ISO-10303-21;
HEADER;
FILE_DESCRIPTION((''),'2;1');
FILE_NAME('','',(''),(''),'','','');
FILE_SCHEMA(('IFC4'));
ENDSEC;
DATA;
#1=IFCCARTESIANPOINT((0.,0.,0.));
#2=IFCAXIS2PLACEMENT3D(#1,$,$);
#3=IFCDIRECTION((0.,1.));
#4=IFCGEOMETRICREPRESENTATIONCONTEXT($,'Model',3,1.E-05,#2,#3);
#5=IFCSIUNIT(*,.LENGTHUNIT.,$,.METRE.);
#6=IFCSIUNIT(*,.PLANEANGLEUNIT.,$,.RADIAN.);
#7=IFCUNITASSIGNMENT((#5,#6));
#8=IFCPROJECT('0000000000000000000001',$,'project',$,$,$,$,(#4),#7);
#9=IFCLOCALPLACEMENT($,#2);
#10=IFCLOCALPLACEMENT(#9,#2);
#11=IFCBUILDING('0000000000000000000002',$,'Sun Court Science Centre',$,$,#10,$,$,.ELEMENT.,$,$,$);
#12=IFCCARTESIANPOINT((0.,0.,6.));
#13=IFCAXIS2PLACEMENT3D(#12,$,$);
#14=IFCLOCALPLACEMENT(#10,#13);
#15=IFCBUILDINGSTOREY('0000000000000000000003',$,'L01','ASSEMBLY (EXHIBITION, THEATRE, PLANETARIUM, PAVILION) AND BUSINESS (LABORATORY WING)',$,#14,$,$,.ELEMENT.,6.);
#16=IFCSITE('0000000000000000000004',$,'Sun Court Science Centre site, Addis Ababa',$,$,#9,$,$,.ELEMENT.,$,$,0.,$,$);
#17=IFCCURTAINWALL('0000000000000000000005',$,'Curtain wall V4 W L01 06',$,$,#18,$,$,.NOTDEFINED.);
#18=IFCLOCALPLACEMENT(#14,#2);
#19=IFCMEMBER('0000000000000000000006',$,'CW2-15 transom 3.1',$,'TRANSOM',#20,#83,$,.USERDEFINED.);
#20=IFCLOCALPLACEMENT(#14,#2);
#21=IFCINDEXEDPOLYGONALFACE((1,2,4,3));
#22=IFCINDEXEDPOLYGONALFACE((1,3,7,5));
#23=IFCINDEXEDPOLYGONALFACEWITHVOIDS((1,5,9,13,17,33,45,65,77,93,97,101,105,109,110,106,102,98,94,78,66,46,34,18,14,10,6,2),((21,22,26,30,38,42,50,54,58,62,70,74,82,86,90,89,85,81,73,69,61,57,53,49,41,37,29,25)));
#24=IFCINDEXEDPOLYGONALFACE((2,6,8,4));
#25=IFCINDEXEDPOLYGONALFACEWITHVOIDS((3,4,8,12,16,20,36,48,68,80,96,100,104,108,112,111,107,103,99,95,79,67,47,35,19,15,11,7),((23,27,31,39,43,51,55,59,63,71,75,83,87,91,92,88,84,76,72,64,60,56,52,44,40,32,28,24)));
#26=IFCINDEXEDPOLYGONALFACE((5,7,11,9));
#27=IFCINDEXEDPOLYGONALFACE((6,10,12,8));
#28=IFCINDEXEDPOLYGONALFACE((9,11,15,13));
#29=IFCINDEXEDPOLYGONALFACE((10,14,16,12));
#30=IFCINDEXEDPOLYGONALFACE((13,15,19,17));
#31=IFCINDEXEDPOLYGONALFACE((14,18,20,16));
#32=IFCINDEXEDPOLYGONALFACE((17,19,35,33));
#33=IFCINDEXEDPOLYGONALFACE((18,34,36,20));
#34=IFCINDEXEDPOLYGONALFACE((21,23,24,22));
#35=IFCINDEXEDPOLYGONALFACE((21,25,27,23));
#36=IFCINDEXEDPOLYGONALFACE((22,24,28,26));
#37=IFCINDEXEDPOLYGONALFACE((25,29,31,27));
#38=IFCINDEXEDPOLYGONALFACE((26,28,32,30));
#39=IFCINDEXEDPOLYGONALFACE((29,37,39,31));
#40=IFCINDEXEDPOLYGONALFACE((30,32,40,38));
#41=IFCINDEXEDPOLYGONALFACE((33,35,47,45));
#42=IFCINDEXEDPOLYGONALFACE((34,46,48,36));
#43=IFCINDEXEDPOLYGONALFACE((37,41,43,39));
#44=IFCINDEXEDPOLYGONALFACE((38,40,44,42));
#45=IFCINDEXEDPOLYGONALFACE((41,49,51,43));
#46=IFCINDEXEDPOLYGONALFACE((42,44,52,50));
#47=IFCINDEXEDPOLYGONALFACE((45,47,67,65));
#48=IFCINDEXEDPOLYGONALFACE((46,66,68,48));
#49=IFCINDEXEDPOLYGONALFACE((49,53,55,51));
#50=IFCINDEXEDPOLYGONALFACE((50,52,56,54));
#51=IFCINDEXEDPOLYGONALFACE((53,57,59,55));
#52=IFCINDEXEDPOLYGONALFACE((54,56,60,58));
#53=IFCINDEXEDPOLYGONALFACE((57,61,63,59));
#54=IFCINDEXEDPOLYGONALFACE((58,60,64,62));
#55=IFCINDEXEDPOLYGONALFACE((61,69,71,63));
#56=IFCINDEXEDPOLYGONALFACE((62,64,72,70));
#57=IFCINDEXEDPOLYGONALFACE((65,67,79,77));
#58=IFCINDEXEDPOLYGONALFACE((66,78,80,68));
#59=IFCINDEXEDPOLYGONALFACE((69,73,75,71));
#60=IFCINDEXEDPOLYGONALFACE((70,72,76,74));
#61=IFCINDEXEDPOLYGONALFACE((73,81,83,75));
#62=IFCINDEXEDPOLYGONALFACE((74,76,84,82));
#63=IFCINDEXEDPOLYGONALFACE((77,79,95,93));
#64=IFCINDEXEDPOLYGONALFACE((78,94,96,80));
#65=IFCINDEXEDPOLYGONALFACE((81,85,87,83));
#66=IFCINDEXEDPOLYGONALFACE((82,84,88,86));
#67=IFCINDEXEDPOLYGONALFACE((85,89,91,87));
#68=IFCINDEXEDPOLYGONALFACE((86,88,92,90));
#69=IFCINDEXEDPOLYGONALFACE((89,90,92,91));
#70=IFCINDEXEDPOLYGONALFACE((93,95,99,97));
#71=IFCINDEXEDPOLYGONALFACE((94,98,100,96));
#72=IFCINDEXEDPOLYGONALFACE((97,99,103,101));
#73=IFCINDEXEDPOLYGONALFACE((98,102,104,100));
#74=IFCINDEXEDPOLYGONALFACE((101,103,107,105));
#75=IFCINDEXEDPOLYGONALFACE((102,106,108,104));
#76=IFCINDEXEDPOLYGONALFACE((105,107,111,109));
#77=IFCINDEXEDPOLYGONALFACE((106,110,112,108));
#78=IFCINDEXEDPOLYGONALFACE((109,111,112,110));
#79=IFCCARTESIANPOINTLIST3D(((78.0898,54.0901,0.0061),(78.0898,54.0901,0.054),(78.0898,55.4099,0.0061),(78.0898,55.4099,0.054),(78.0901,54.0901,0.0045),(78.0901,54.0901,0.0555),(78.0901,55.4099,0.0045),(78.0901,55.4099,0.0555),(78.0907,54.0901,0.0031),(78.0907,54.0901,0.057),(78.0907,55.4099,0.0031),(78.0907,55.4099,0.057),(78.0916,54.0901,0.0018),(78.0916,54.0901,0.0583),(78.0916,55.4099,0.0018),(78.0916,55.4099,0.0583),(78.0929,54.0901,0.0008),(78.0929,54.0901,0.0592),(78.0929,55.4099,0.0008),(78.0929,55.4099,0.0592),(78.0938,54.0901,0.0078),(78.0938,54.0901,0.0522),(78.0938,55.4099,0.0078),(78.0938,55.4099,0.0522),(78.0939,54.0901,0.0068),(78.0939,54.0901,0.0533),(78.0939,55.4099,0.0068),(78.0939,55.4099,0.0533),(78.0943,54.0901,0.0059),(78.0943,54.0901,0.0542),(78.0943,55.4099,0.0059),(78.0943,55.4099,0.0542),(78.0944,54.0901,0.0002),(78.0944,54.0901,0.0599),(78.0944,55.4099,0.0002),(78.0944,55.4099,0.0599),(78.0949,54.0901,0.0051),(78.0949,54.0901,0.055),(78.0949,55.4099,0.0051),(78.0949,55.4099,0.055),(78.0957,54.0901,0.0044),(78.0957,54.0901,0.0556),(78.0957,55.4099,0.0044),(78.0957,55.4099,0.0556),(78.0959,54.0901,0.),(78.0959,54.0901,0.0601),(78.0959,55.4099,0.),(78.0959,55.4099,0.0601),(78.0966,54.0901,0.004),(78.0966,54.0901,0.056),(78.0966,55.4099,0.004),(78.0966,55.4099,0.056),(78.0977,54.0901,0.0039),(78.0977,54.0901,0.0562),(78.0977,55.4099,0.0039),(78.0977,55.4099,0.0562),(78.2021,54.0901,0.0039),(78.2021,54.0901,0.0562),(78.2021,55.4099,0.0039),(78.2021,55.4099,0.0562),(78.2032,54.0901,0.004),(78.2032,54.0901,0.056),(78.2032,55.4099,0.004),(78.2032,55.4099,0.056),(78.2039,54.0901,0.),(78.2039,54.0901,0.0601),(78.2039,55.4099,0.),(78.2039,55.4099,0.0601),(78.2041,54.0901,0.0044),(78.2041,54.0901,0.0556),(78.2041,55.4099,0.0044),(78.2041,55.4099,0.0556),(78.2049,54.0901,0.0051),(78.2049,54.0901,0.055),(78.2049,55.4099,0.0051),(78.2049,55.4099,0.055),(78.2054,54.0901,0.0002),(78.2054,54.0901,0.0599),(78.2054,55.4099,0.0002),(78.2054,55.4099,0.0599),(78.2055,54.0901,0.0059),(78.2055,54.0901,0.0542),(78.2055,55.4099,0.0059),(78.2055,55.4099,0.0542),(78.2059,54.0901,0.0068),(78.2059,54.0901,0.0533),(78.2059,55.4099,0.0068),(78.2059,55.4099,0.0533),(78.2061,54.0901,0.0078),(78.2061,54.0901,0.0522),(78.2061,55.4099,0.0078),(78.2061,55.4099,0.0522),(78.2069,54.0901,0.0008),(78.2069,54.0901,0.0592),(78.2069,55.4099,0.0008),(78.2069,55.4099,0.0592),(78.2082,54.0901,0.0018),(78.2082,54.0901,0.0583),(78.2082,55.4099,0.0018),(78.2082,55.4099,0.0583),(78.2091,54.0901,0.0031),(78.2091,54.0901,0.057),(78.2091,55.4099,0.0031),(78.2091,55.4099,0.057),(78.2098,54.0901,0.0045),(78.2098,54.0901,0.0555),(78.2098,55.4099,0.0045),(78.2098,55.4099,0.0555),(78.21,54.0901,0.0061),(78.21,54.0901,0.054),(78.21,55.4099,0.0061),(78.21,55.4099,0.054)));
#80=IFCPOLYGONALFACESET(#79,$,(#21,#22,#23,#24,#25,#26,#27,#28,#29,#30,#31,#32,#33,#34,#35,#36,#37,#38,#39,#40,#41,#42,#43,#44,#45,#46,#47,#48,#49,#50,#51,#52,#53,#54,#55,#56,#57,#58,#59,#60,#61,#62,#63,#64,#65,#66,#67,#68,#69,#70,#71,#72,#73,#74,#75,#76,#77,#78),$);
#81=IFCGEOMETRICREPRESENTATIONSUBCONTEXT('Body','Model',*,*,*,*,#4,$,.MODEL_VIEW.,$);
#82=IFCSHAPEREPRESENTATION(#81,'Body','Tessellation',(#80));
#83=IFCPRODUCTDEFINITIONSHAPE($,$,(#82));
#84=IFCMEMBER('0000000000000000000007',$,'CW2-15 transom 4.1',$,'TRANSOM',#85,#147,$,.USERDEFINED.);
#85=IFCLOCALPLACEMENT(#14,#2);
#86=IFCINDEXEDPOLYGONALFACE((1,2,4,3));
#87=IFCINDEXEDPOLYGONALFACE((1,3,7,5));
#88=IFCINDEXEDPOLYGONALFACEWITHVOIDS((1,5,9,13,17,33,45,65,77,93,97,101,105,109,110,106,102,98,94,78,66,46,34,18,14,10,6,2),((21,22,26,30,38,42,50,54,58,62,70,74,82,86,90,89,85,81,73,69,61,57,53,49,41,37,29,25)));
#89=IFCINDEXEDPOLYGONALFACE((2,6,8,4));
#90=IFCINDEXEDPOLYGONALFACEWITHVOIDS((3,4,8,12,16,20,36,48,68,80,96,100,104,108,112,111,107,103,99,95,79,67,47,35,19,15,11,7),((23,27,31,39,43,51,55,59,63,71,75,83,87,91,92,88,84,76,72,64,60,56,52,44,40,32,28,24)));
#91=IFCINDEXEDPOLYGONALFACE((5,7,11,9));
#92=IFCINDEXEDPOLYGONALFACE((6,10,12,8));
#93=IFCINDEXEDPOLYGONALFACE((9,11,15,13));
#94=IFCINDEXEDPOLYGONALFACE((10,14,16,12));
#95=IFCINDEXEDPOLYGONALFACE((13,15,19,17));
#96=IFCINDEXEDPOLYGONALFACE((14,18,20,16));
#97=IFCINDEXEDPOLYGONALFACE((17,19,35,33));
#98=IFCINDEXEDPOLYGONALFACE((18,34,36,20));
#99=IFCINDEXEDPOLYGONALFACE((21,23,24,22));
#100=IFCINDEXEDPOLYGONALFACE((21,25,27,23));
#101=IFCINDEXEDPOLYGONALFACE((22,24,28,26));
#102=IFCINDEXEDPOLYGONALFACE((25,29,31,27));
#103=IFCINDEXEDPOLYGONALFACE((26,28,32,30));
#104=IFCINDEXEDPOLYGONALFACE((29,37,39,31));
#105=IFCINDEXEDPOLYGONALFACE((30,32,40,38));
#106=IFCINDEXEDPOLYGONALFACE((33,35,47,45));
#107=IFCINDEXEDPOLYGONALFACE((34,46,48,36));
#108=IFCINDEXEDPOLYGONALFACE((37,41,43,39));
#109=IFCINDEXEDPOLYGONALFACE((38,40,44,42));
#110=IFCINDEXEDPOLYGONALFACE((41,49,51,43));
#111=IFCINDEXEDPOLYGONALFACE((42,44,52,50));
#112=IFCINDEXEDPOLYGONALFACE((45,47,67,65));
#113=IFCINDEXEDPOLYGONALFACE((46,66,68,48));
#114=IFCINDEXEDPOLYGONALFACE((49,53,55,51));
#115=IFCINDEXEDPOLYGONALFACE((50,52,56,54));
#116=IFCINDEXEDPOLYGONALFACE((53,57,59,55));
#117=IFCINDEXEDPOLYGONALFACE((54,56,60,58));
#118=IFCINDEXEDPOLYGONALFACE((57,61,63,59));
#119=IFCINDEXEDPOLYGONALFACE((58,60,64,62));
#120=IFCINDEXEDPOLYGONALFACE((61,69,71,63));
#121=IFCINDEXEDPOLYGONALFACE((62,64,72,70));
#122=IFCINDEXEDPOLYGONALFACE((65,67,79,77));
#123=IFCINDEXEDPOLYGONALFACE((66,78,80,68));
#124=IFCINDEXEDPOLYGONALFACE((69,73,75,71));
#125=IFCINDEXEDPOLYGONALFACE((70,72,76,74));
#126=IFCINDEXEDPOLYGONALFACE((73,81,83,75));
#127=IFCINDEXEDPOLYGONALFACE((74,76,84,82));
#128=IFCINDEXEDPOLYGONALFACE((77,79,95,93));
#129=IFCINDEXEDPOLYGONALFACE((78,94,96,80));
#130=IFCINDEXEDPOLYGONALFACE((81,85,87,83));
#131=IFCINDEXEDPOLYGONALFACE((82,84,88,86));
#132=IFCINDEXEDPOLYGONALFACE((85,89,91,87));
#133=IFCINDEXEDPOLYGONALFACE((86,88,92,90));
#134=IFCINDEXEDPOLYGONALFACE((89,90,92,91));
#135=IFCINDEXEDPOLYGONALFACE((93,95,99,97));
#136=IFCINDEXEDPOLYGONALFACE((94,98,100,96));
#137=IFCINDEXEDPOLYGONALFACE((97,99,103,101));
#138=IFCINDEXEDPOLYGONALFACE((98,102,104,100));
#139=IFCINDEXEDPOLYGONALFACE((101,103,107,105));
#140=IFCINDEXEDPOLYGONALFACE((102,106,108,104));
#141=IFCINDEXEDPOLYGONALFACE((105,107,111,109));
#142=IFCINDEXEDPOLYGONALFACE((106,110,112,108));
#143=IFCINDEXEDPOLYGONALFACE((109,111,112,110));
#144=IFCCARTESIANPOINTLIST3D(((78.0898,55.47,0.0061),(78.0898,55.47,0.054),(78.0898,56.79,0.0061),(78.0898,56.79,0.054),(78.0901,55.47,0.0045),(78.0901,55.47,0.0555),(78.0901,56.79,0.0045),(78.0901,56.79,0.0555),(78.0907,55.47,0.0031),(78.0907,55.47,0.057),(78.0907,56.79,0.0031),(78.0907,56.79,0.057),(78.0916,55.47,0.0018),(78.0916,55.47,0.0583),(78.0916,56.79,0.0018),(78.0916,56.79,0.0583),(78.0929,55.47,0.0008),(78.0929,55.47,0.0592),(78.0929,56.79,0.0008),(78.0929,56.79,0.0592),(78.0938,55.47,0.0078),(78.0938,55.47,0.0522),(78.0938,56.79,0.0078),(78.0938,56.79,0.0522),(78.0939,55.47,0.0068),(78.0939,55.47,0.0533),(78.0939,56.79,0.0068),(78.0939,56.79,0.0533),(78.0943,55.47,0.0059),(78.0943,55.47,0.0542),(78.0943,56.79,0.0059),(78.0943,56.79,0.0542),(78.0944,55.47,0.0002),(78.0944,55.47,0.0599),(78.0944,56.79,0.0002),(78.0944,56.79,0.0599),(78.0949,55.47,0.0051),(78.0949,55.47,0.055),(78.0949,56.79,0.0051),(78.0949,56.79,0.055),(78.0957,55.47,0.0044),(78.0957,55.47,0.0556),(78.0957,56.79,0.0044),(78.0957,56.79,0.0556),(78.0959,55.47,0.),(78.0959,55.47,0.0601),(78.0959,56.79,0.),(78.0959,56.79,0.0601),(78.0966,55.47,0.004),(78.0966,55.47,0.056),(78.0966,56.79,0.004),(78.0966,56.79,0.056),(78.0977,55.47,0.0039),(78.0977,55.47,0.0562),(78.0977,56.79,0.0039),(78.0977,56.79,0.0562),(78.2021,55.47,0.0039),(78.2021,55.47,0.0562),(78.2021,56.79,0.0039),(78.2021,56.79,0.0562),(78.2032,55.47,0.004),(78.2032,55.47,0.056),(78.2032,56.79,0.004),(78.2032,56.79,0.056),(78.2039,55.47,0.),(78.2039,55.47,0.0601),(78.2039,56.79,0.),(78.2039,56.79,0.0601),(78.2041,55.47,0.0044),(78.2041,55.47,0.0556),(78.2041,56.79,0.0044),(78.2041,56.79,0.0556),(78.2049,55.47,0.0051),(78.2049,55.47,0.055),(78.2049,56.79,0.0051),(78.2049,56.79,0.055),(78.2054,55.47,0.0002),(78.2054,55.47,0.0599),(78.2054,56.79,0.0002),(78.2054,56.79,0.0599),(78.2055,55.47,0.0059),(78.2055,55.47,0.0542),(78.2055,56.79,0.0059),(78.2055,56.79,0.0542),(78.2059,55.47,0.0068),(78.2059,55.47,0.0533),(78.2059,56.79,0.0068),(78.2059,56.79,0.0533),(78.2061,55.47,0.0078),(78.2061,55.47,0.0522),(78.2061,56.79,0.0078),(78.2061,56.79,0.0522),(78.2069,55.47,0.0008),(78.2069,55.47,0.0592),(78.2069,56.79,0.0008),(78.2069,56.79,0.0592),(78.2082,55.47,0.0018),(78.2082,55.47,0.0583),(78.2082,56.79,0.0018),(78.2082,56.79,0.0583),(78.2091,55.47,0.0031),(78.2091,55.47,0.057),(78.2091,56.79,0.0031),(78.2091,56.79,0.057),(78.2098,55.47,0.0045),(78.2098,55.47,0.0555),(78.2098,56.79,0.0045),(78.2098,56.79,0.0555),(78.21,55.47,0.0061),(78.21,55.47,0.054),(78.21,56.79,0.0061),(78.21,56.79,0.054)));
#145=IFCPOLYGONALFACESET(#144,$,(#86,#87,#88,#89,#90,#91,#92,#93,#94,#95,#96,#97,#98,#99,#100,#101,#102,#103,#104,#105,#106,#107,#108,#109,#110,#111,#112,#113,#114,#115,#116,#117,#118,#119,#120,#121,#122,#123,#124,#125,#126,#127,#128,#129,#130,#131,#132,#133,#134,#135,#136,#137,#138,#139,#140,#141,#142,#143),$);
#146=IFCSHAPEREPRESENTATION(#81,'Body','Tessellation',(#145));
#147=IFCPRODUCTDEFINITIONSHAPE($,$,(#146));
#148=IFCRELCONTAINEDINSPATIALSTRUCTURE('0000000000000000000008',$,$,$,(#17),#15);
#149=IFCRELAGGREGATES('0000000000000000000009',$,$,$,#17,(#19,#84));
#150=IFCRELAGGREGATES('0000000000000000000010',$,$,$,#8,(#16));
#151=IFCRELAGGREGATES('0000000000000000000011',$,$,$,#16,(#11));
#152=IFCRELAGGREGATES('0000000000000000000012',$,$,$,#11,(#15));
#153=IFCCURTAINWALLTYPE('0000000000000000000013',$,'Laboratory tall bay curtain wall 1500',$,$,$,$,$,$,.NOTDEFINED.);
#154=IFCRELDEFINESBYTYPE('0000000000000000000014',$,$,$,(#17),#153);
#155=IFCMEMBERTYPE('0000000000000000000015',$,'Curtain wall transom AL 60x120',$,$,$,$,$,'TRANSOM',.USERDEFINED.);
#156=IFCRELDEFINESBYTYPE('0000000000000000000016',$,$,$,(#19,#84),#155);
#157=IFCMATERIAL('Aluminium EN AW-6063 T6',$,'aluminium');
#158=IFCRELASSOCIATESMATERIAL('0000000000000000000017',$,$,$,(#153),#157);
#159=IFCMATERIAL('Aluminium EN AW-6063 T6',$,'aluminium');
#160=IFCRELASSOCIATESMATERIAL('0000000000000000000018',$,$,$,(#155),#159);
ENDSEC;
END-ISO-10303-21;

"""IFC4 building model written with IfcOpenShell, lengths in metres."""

from ifc_helpers import new_model, si_unit, direction, frame, origin, origin_2d, place, context, subcontext, project, spatial, hollow_rectangle, extrude, material, material_profile, profile_set, type_object, element, aggregate, save


model = new_model("IFC4")

# Units and contexts
model_context = context("Model", 3, precision=1e-05, world=origin(), true_north=direction((0.0, 1.0)))
body_context = subcontext(model_context, "Body", "Model", "MODEL_VIEW")
ifc_project = project(units=[si_unit("LENGTHUNIT", "METRE"), si_unit("PLANEANGLEUNIT", "RADIAN")], contexts=[model_context])

# Site, building, storey
site_placement = place(None, origin())
site = spatial("IfcSite", under=ifc_project, at=site_placement, Name="Sun Court Science Centre site, Addis Ababa", CompositionType="ELEMENT", RefElevation=0.0)
building_placement = place(site_placement, origin())
building = spatial("IfcBuilding", under=site, at=building_placement, Name="Sun Court Science Centre", CompositionType="ELEMENT")
storey_placement = place(building_placement, frame((0.0, 0.0, 6.0)))
storey = spatial("IfcBuildingStorey", under=building, at=storey_placement, Name="L01", Description="ASSEMBLY (EXHIBITION, THEATRE, PLANETARIUM, PAVILION) AND BUSINESS (LABORATORY WING)", CompositionType="ELEMENT", Elevation=6.0)

# Shared definitions
ifc_material_1 = material(Name="Aluminium EN AW-6063 T6", Category="aluminium")
curtain_wall_type = type_object("IfcCurtainWallType", Name="Laboratory tall bay curtain wall 1500", PredefinedType="NOTDEFINED", material=ifc_material_1)

# Curtain wall, members
curtain_wall_1_placement = place(storey_placement, origin())
curtain_wall_1 = element("IfcCurtainWall", 1, at=curtain_wall_1_placement, inside=storey, type_object=curtain_wall_type, Name="Curtain wall V4 W L01 06", PredefinedType="NOTDEFINED")
ifc_material_2 = material(Name="Aluminium EN AW-6063 T6", Category="aluminium")
ifc_material_profile_1 = material_profile(ifc_material_2, hollow_rectangle(XDim=0.0601, YDim=0.1201, WallThickness=0.0039, InnerFilletRadius=0.0039, OuterFilletRadius=0.0061, at=origin_2d()), Name="AL 60x120x4")
ifc_profile_set_1 = profile_set([ifc_material_profile_1], Name="Aluminium EN AW-6063 T6")
member_type_1 = type_object("IfcMemberType", Name="Curtain wall transom AL 60x120", ElementType="TRANSOM", PredefinedType="USERDEFINED", material=ifc_profile_set_1)
member_1_placement = place(storey_placement, frame((78.1499, 54.0901, 0.03), z_axis=(0.0, 1.0, 0.0), x_axis=(0.0, 0.0, 1.0)))
member_1 = element("IfcMember", 2, at=member_1_placement, type_object=member_type_1, Name="CW2-15 transom 3.1", ObjectType="TRANSOM", PredefinedType="USERDEFINED", context=body_context, shape_type="SweptSolid", body=[
    extrude(hollow_rectangle(XDim=0.0601, YDim=0.1201, WallThickness=0.0039, InnerFilletRadius=0.0039, OuterFilletRadius=0.0061, at=origin_2d()), origin(), (0.0, 0.0, 1.0), 1.3198),
])
member_2_placement = place(storey_placement, frame((78.1499, 55.47, 0.03), z_axis=(0.0, 1.0, 0.0), x_axis=(0.0, 0.0, 1.0)))
member_2 = element("IfcMember", 3, at=member_2_placement, type_object=member_type_1, Name="CW2-15 transom 4.1", ObjectType="TRANSOM", PredefinedType="USERDEFINED", context=body_context, shape_type="SweptSolid", body=[
    extrude(hollow_rectangle(XDim=0.0601, YDim=0.1201, WallThickness=0.0039, InnerFilletRadius=0.0039, OuterFilletRadius=0.0061, at=origin_2d()), origin(), (0.0, 0.0, 1.0), 1.3201),
])

aggregate(curtain_wall_1, [member_1, member_2])

save(model, "model.ifc")
